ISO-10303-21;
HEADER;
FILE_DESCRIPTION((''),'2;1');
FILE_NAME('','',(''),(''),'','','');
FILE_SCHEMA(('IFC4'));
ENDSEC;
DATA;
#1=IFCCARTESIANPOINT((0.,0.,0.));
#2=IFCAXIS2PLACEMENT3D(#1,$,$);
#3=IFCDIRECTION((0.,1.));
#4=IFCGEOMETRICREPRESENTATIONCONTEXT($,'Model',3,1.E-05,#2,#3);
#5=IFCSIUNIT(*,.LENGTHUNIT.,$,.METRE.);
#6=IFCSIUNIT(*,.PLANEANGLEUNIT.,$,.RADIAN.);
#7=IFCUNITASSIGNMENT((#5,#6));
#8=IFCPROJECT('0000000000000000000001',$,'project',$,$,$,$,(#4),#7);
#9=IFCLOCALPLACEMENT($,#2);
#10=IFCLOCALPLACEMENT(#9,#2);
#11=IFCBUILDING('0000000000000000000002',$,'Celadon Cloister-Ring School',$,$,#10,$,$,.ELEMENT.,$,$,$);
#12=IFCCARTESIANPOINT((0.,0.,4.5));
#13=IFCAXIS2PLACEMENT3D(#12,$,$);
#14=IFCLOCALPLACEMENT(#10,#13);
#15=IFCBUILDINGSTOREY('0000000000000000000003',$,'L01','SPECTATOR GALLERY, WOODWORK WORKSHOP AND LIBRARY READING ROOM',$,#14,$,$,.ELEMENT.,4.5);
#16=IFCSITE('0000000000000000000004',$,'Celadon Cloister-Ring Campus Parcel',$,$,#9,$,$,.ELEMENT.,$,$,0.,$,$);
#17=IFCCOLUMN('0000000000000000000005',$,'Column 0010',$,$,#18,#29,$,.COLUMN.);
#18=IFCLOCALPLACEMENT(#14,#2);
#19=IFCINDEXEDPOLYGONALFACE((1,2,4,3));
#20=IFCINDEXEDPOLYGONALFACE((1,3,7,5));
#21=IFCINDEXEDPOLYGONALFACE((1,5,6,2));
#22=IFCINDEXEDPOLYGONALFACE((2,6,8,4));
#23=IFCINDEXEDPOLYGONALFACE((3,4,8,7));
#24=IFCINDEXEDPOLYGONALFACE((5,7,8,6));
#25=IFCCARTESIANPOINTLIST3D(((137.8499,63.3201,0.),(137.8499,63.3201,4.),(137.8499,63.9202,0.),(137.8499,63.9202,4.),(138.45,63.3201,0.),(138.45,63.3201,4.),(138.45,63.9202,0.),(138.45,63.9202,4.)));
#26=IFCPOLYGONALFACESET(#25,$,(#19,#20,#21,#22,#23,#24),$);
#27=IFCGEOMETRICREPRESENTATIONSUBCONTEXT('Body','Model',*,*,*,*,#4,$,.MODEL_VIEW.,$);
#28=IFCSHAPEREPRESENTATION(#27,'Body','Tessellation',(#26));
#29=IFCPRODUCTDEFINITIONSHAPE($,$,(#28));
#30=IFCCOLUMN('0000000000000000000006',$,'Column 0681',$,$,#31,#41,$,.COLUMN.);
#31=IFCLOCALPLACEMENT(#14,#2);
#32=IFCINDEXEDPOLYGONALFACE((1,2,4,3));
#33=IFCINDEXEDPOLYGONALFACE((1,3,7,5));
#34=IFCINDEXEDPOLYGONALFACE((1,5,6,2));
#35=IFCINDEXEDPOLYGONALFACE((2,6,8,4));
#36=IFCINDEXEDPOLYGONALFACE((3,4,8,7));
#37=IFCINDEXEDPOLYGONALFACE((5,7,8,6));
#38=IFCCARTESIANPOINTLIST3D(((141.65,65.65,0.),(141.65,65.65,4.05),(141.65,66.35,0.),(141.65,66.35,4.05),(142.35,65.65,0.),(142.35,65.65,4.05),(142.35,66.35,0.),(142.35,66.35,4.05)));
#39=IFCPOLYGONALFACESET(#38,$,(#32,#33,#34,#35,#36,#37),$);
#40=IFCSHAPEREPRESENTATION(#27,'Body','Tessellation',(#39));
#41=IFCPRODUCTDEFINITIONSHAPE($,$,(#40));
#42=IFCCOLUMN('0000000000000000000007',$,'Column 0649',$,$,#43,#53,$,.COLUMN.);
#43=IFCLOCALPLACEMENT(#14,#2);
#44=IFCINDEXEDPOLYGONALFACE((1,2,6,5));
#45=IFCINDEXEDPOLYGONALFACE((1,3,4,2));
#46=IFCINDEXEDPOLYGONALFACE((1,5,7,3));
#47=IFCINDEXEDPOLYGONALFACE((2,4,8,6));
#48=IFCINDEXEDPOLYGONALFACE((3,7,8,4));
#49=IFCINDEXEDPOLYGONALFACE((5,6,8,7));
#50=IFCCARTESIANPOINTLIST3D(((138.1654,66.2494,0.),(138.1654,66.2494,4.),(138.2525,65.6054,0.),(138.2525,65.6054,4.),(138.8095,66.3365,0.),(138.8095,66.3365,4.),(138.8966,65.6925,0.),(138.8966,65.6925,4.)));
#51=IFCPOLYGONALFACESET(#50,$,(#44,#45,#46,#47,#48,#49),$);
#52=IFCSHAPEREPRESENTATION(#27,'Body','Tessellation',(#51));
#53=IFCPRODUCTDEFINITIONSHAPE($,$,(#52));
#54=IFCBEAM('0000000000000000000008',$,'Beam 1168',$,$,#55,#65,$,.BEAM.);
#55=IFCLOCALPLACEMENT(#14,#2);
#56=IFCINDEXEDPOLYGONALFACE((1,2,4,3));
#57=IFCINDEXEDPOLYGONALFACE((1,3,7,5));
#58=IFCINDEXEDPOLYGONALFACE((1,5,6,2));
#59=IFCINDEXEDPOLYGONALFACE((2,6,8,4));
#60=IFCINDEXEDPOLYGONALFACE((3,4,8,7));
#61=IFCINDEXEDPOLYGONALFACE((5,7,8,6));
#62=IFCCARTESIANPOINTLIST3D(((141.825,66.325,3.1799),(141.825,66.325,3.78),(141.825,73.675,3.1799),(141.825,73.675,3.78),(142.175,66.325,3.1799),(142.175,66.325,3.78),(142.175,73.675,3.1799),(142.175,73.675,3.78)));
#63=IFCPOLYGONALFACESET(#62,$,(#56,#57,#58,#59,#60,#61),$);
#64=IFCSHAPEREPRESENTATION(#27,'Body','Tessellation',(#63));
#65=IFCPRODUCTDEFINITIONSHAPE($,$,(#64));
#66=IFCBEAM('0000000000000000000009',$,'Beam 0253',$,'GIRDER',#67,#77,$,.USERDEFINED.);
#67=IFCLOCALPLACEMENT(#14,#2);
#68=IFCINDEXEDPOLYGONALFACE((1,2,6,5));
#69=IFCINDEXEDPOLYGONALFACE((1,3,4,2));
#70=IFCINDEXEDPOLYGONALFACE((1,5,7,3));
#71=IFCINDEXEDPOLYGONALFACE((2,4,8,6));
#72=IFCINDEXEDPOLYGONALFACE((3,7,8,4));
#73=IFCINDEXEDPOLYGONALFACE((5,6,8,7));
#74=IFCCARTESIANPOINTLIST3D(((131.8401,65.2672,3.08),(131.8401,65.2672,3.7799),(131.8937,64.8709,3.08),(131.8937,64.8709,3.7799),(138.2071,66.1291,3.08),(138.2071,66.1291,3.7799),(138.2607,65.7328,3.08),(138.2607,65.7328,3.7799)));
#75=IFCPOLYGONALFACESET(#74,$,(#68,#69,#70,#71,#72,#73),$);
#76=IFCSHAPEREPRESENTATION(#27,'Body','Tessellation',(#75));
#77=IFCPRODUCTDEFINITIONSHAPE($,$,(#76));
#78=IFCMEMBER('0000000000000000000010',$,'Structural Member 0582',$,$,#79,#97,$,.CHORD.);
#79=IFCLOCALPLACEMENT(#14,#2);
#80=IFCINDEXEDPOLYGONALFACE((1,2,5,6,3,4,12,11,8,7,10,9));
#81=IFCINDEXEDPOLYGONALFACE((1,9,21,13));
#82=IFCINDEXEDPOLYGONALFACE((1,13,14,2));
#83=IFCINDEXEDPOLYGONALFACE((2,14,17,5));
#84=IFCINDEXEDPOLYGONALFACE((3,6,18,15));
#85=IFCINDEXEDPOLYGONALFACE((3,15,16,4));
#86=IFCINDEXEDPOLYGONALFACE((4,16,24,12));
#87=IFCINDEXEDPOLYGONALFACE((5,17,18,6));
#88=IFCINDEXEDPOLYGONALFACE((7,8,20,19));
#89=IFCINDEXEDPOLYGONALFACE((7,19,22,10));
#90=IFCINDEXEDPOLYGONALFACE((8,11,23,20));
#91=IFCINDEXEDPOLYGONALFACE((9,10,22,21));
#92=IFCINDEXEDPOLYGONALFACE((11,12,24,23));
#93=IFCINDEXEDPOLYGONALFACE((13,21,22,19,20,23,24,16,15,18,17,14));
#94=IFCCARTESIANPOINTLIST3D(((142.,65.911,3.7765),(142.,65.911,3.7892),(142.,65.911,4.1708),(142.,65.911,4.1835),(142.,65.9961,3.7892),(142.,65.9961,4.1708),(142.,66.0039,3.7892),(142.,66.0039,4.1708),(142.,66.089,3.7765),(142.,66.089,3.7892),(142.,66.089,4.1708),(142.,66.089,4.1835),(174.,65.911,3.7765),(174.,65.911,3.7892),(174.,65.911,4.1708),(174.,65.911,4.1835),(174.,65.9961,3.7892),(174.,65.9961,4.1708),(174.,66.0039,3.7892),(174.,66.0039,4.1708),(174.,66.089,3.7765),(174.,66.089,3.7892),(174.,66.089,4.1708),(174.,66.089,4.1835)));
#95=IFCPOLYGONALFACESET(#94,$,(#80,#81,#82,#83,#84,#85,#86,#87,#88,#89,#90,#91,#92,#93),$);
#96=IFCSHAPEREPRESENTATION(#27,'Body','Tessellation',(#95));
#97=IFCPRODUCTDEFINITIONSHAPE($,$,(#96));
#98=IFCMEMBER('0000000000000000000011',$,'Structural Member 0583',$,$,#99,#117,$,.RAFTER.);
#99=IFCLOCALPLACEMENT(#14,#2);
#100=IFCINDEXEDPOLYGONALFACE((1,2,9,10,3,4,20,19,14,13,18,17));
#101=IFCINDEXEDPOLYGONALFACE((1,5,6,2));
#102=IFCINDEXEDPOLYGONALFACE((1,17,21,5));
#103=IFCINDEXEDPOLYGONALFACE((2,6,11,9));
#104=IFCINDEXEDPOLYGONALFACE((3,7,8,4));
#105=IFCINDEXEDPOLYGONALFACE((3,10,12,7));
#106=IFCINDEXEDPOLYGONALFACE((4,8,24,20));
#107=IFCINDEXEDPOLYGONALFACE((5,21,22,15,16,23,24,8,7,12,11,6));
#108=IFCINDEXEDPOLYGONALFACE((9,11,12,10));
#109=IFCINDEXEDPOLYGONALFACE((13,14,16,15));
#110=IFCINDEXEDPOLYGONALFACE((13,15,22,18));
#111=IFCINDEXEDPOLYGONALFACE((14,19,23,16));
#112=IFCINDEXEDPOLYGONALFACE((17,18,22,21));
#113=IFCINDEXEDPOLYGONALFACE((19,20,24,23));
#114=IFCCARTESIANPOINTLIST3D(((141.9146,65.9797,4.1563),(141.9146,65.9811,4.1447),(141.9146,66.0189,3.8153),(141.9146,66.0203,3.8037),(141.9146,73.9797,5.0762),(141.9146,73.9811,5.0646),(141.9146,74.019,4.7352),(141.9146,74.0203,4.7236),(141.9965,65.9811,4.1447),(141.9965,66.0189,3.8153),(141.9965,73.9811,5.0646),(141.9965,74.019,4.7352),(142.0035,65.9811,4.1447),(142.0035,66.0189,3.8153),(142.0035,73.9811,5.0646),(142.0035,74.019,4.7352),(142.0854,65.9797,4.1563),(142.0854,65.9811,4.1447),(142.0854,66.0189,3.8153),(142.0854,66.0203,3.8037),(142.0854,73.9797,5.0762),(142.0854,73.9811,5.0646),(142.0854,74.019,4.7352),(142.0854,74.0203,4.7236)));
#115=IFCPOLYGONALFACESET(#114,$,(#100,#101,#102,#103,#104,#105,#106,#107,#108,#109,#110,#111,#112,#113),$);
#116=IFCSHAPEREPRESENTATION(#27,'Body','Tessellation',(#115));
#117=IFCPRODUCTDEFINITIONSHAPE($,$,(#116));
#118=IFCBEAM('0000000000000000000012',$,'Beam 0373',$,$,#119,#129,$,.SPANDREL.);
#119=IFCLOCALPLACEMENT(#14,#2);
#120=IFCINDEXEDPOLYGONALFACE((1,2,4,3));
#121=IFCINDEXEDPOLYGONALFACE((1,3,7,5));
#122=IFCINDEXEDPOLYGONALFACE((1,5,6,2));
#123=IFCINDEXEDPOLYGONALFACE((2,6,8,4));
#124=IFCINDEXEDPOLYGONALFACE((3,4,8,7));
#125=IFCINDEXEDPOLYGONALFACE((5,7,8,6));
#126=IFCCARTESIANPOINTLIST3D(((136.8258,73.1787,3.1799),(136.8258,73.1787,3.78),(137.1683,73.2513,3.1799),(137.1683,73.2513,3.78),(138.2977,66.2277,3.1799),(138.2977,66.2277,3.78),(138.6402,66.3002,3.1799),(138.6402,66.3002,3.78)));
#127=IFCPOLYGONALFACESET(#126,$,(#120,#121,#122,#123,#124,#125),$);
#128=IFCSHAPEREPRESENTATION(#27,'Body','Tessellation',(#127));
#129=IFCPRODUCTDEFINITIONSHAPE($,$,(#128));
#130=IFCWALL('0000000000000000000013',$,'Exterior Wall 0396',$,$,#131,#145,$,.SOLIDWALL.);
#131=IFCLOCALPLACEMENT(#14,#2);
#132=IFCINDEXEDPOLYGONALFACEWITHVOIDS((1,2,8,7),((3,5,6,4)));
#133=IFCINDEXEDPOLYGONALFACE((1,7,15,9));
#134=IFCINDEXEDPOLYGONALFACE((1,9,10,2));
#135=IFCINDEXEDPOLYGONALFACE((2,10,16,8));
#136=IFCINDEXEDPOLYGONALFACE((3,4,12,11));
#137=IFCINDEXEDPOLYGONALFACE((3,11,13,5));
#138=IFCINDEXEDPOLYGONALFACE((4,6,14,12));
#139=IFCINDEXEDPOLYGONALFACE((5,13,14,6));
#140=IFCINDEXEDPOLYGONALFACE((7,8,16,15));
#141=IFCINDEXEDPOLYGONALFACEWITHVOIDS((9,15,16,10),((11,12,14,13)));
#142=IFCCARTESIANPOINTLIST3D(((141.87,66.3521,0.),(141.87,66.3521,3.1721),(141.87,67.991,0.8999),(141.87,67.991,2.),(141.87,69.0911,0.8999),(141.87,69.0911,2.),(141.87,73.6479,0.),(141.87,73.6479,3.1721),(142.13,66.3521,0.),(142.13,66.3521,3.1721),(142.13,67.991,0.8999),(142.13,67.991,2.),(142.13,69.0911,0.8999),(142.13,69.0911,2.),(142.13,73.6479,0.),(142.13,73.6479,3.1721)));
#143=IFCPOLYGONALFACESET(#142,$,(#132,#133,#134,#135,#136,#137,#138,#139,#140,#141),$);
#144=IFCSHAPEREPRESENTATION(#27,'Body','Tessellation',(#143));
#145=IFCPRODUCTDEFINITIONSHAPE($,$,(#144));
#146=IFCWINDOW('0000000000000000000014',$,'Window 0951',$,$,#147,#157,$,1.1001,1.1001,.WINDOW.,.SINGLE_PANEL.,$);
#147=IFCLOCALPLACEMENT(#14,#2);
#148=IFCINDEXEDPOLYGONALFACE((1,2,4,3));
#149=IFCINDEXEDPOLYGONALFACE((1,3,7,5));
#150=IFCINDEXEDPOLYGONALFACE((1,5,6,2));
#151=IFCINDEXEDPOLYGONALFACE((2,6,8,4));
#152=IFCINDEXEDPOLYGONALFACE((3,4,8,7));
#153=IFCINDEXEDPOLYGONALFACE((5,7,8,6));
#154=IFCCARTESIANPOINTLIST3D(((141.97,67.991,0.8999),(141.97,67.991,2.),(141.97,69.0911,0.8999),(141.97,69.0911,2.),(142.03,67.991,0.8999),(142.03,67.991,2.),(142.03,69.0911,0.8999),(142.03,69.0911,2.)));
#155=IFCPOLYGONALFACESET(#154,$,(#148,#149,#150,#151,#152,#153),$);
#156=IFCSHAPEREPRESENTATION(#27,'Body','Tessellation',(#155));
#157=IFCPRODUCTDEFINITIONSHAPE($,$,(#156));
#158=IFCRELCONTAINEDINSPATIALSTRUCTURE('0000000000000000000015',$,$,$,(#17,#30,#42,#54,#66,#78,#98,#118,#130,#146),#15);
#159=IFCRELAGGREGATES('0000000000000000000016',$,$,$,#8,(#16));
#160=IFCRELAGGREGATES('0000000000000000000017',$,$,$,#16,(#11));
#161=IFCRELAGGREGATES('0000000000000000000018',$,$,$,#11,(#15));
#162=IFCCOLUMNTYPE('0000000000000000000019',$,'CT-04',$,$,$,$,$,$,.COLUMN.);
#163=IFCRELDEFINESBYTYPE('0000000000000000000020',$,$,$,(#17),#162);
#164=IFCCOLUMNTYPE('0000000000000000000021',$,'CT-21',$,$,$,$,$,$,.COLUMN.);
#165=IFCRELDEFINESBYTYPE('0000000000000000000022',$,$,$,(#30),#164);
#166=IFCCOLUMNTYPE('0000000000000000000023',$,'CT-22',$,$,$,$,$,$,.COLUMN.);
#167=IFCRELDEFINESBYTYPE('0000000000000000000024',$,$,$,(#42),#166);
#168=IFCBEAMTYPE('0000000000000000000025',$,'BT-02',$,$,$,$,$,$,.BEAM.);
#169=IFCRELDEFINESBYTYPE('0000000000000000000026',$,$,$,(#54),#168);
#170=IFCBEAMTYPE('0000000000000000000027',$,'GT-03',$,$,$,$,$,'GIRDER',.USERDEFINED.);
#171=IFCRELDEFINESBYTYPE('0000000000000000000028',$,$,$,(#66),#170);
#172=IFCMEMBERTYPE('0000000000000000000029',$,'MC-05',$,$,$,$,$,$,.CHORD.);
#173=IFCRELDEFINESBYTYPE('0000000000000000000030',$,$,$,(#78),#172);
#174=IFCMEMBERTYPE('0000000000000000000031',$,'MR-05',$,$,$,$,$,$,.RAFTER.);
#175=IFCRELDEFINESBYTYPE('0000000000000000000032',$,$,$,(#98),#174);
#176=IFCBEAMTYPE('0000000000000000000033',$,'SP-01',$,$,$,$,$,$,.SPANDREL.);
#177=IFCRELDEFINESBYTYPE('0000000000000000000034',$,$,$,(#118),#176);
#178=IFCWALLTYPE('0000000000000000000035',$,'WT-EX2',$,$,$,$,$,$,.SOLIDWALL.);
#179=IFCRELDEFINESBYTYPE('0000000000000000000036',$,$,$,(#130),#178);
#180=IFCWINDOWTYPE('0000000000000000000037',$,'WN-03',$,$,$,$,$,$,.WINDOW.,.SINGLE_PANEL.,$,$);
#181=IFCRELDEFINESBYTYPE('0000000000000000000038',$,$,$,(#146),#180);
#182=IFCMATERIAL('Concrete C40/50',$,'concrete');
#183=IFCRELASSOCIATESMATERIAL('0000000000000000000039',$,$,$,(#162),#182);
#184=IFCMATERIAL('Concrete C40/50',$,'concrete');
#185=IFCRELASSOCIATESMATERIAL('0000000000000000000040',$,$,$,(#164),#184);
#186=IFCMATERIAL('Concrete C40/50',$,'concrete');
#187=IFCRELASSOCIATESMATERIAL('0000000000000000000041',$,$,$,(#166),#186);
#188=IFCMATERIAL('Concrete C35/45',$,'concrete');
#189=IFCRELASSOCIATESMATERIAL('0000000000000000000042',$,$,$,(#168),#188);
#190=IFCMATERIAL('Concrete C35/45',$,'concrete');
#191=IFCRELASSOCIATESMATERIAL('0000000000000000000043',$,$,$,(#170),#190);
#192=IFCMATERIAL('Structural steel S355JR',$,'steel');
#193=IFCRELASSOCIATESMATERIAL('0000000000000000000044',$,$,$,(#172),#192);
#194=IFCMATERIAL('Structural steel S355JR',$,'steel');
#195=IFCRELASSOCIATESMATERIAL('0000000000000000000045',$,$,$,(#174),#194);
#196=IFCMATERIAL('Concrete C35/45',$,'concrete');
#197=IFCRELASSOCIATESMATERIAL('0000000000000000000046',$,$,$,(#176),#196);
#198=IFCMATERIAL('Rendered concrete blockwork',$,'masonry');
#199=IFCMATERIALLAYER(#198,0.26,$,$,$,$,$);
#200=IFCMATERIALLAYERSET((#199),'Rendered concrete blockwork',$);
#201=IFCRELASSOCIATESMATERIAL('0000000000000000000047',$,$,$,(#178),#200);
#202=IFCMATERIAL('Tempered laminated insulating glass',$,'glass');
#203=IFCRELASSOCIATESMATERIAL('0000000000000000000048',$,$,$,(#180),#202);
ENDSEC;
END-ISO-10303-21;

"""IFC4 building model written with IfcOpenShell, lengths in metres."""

from ifc_helpers import new_model, si_unit, direction, frame, frame_2d, origin, origin_2d, place, context, subcontext, project, spatial, rectangle, i_section, extrude, material, layer, layer_set, material_profile, profile_set, type_object, element, fill, save


model = new_model("IFC4")

# Units and contexts
model_context = context("Model", 3, precision=1e-05, world=origin(), true_north=direction((0.0, 1.0)))
body_context = subcontext(model_context, "Body", "Model", "MODEL_VIEW")
ifc_project = project(units=[si_unit("LENGTHUNIT", "METRE"), si_unit("PLANEANGLEUNIT", "RADIAN")], contexts=[model_context])

# Site, building, storey
site_placement = place(None, origin())
site = spatial("IfcSite", under=ifc_project, at=site_placement, Name="Celadon Cloister-Ring Campus Parcel", CompositionType="ELEMENT", RefElevation=0.0)
building_placement = place(site_placement, origin())
building = spatial("IfcBuilding", under=site, at=building_placement, Name="Celadon Cloister-Ring School", CompositionType="ELEMENT")
storey_placement = place(building_placement, frame((0.0, 0.0, 4.5)))
storey = spatial("IfcBuildingStorey", under=building, at=storey_placement, Name="L01", Description="SPECTATOR GALLERY, WOODWORK WORKSHOP AND LIBRARY READING ROOM", CompositionType="ELEMENT", Elevation=4.5)

# Columns
ifc_material_1 = material(Name="Concrete C40/50", Category="concrete")
ifc_material_profile_1 = material_profile(ifc_material_1, rectangle(XDim=0.6001, YDim=0.6001, at=origin_2d()), Name="RC600X600")
ifc_profile_set_1 = profile_set([ifc_material_profile_1], Name="Concrete C40/50")
column_type_1 = type_object("IfcColumnType", Name="CT-04", PredefinedType="COLUMN", material=ifc_profile_set_1)
column_1_placement = place(storey_placement, frame((138.1499, 63.6201, 0.0), z_axis=(0.0, 0.0, 1.0), x_axis=(1.0, 0.0, 0.0)))
element("IfcColumn", 1, at=column_1_placement, inside=storey, type_object=column_type_1, Name="Column 0010", PredefinedType="COLUMN", context=body_context, shape_type="SweptSolid", body=[
    extrude(rectangle(XDim=0.6001, YDim=0.6001, at=origin_2d()), origin(), (0.0, 0.0, 1.0), 4.0),
])
ifc_material_2 = material(Name="Concrete C40/50", Category="concrete")
ifc_material_profile_2 = material_profile(ifc_material_2, rectangle(XDim=0.7, YDim=0.7, at=origin_2d()), Name="RC700X700")
ifc_profile_set_2 = profile_set([ifc_material_profile_2], Name="Concrete C40/50")
column_type_2 = type_object("IfcColumnType", Name="CT-21", PredefinedType="COLUMN", material=ifc_profile_set_2)
column_2_placement = place(storey_placement, frame((142.0, 66.0, 0.0), z_axis=(0.0, 0.0, 1.0), x_axis=(1.0, 0.0, 0.0)))
element("IfcColumn", 2, at=column_2_placement, inside=storey, type_object=column_type_2, Name="Column 0681", PredefinedType="COLUMN", context=body_context, shape_type="SweptSolid", body=[
    extrude(rectangle(XDim=0.7, YDim=0.7, at=origin_2d()), origin(), (0.0, 0.0, 1.0), 4.05),
])
ifc_material_3 = material(Name="Concrete C40/50", Category="concrete")
ifc_material_profile_3 = material_profile(ifc_material_3, rectangle(XDim=0.6499, YDim=0.6499, at=origin_2d()), Name="RC650X650")
ifc_profile_set_3 = profile_set([ifc_material_profile_3], Name="Concrete C40/50")
column_type_3 = type_object("IfcColumnType", Name="CT-22", PredefinedType="COLUMN", material=ifc_profile_set_3)
column_3_placement = place(storey_placement, frame((138.531, 65.9709, 0.0), z_axis=(0.0, 0.0, 1.0), x_axis=(0.990974, 0.134055, 0.0)))
element("IfcColumn", 3, at=column_3_placement, inside=storey, type_object=column_type_3, Name="Column 0649", PredefinedType="COLUMN", context=body_context, shape_type="SweptSolid", body=[
    extrude(rectangle(XDim=0.6499, YDim=0.6499, at=origin_2d()), origin(), (0.0, 0.0, 1.0), 4.0),
])

# Beams
ifc_material_4 = material(Name="Concrete C35/45", Category="concrete")
ifc_material_profile_4 = material_profile(ifc_material_4, rectangle(XDim=0.3501, YDim=0.6001, at=origin_2d()), Name="RC350X600")
ifc_profile_set_4 = profile_set([ifc_material_profile_4], Name="Concrete C35/45")
beam_type_1 = type_object("IfcBeamType", Name="BT-02", PredefinedType="BEAM", material=ifc_profile_set_4)
beam_1_placement = place(storey_placement, frame((142.0, 66.325, 3.48), z_axis=(0.0, 1.0, 0.0), x_axis=(-1.0, 0.0, 0.0)))
element("IfcBeam", 4, at=beam_1_placement, inside=storey, type_object=beam_type_1, Name="Beam 1168", PredefinedType="BEAM", context=body_context, shape_type="SweptSolid", body=[
    extrude(rectangle(XDim=0.3501, YDim=0.6001, at=origin_2d()), origin(), (0.0, 0.0, 1.0), 7.3501),
])
ifc_material_5 = material(Name="Concrete C35/45", Category="concrete")
ifc_material_profile_5 = material_profile(ifc_material_5, rectangle(XDim=0.3999, YDim=0.7, at=origin_2d()), Name="RC400X700")
ifc_profile_set_5 = profile_set([ifc_material_profile_5], Name="Concrete C35/45")
beam_type_2 = type_object("IfcBeamType", Name="GT-03", ElementType="GIRDER", PredefinedType="USERDEFINED", material=ifc_profile_set_5)
beam_2_placement = place(storey_placement, frame((138.2339, 65.9309, 3.4299), z_axis=(-0.990963, -0.134135, 0.0), x_axis=(0.134135, -0.990963, 0.0)))
element("IfcBeam", 5, at=beam_2_placement, inside=storey, type_object=beam_type_2, Name="Beam 0253", ObjectType="GIRDER", PredefinedType="USERDEFINED", context=body_context, shape_type="SweptSolid", body=[
    extrude(rectangle(XDim=0.3999, YDim=0.7, at=origin_2d()), origin(), (0.0, 0.0, 1.0), 6.425),
])

# Members
ifc_material_6 = material(Name="Structural steel S355JR", Category="steel")
ifc_material_profile_6 = material_profile(ifc_material_6, i_section(OverallWidth=0.178, OverallDepth=0.407, WebThickness=0.0078, FlangeThickness=0.0127, at=origin_2d()), Name="W410X60")
ifc_profile_set_6 = profile_set([ifc_material_profile_6], Name="Structural steel S355JR")
member_type_1 = type_object("IfcMemberType", Name="MC-05", PredefinedType="CHORD", material=ifc_profile_set_6)
member_1_placement = place(storey_placement, frame((142.0, 66.0, 3.98), z_axis=(1.0, 0.0, 0.0), x_axis=(0.0, 1.0, 0.0)))
element("IfcMember", 6, at=member_1_placement, inside=storey, type_object=member_type_1, Name="Structural Member 0582", PredefinedType="CHORD", context=body_context, shape_type="SweptSolid", body=[
    extrude(i_section(OverallWidth=0.178, OverallDepth=0.407, WebThickness=0.0078, FlangeThickness=0.0127, at=origin_2d()), origin(), (0.0, 0.0, 1.0), 32.0),
])
ifc_material_7 = material(Name="Structural steel S355JR", Category="steel")
ifc_material_profile_7 = material_profile(ifc_material_7, i_section(OverallWidth=0.1709, OverallDepth=0.355, WebThickness=0.0071, FlangeThickness=0.0117, at=origin_2d()), Name="W360X51")
ifc_profile_set_7 = profile_set([ifc_material_profile_7], Name="Structural steel S355JR")
member_type_2 = type_object("IfcMemberType", Name="MR-05", PredefinedType="RAFTER", material=ifc_profile_set_7)
member_2_placement = place(storey_placement, frame((142.0, 66.0, 3.98), z_axis=(0.0, 0.993453, 0.114237), x_axis=(-1.0, 0.0, 0.0)))
element("IfcMember", 7, at=member_2_placement, inside=storey, type_object=member_type_2, Name="Structural Member 0583", PredefinedType="RAFTER", context=body_context, shape_type="SweptSolid", body=[
    extrude(i_section(OverallWidth=0.1709, OverallDepth=0.355, WebThickness=0.0071, FlangeThickness=0.0117, at=origin_2d()), origin(), (0.0, 0.0, 1.0), 8.0527),
])

# Beam
ifc_material_8 = material(Name="Concrete C35/45", Category="concrete")
ifc_material_profile_8 = material_profile(ifc_material_8, rectangle(XDim=0.3501, YDim=0.6001, at=origin_2d()), Name="RC350X600")
ifc_profile_set_8 = profile_set([ifc_material_profile_8], Name="Concrete C35/45")
beam_type_3 = type_object("IfcBeamType", Name="SP-01", PredefinedType="SPANDREL", material=ifc_profile_set_8)
beam_3_placement = place(storey_placement, frame((138.469, 66.2639, 3.48), z_axis=(-0.207158, 0.978307, 0.0), x_axis=(-0.978307, -0.207158, 0.0)))
element("IfcBeam", 8, at=beam_3_placement, inside=storey, type_object=beam_type_3, Name="Beam 0373", PredefinedType="SPANDREL", context=body_context, shape_type="SweptSolid", body=[
    extrude(rectangle(XDim=0.3501, YDim=0.6001, at=origin_2d()), origin(), (0.0, 0.0, 1.0), 7.1052),
])

# Wall, opening, window
ifc_material_9 = material(Name="Rendered concrete blockwork", Category="masonry")
ifc_layer_1 = layer(ifc_material_9, 0.26)
ifc_layer_set_1 = layer_set([ifc_layer_1], Name="Rendered concrete blockwork")
wall_type_1 = type_object("IfcWallType", Name="WT-EX2", PredefinedType="SOLIDWALL", material=ifc_layer_set_1)
wall_1_placement = place(storey_placement, frame((142.0, 66.3521, 0.0), z_axis=(0.0, 0.0, 1.0), x_axis=(0.0, 1.0, 0.0)))
wall_1 = element("IfcWall", 9, at=wall_1_placement, inside=storey, type_object=wall_type_1, Name="Exterior Wall 0396", PredefinedType="SOLIDWALL", context=body_context, shape_type="SweptSolid", body=[
    extrude(rectangle(XDim=7.2959, YDim=0.26, at=frame_2d((3.6479, 0.0))), origin(), (0.0, 0.0, 1.0), 3.1721),
])
opening_1_placement = place(wall_1_placement, frame((1.6389, 0.0, 0.8999)))
opening_1 = element("IfcOpeningElement", 10, at=opening_1_placement, cuts=wall_1, PredefinedType="OPENING", context=body_context, shape_type="SweptSolid", body=[
    extrude(rectangle(XDim=1.1001, YDim=1.1001, at=frame_2d((0.55, 0.55))), frame((0.0, 0.1401, 0.0), z_axis=(0.0, -1.0, 0.0), x_axis=(1.0, 0.0, 0.0)), (0.0, 0.0, 1.0), 0.28),
])
ifc_material_10 = material(Name="Tempered laminated insulating glass", Category="glass")
window_type_1 = type_object("IfcWindowType", Name="WN-03", PartitioningType="SINGLE_PANEL", PredefinedType="WINDOW", material=ifc_material_10)
window_1_placement = place(opening_1_placement, origin())
window_1 = element("IfcWindow", 11, at=window_1_placement, inside=storey, type_object=window_type_1, Name="Window 0951", OverallHeight=1.1001, OverallWidth=1.1001, PartitioningType="SINGLE_PANEL", PredefinedType="WINDOW", context=body_context, shape_type="SweptSolid", body=[
    extrude(rectangle(XDim=1.1001, YDim=1.1001, at=frame_2d((0.55, 0.55))), frame((0.0, 0.03, 0.0), z_axis=(0.0, -1.0, 0.0), x_axis=(1.0, 0.0, 0.0)), (0.0, 0.0, 1.0), 0.0601),
])
fill(opening_1, window_1)

save(model, "model.ifc")
